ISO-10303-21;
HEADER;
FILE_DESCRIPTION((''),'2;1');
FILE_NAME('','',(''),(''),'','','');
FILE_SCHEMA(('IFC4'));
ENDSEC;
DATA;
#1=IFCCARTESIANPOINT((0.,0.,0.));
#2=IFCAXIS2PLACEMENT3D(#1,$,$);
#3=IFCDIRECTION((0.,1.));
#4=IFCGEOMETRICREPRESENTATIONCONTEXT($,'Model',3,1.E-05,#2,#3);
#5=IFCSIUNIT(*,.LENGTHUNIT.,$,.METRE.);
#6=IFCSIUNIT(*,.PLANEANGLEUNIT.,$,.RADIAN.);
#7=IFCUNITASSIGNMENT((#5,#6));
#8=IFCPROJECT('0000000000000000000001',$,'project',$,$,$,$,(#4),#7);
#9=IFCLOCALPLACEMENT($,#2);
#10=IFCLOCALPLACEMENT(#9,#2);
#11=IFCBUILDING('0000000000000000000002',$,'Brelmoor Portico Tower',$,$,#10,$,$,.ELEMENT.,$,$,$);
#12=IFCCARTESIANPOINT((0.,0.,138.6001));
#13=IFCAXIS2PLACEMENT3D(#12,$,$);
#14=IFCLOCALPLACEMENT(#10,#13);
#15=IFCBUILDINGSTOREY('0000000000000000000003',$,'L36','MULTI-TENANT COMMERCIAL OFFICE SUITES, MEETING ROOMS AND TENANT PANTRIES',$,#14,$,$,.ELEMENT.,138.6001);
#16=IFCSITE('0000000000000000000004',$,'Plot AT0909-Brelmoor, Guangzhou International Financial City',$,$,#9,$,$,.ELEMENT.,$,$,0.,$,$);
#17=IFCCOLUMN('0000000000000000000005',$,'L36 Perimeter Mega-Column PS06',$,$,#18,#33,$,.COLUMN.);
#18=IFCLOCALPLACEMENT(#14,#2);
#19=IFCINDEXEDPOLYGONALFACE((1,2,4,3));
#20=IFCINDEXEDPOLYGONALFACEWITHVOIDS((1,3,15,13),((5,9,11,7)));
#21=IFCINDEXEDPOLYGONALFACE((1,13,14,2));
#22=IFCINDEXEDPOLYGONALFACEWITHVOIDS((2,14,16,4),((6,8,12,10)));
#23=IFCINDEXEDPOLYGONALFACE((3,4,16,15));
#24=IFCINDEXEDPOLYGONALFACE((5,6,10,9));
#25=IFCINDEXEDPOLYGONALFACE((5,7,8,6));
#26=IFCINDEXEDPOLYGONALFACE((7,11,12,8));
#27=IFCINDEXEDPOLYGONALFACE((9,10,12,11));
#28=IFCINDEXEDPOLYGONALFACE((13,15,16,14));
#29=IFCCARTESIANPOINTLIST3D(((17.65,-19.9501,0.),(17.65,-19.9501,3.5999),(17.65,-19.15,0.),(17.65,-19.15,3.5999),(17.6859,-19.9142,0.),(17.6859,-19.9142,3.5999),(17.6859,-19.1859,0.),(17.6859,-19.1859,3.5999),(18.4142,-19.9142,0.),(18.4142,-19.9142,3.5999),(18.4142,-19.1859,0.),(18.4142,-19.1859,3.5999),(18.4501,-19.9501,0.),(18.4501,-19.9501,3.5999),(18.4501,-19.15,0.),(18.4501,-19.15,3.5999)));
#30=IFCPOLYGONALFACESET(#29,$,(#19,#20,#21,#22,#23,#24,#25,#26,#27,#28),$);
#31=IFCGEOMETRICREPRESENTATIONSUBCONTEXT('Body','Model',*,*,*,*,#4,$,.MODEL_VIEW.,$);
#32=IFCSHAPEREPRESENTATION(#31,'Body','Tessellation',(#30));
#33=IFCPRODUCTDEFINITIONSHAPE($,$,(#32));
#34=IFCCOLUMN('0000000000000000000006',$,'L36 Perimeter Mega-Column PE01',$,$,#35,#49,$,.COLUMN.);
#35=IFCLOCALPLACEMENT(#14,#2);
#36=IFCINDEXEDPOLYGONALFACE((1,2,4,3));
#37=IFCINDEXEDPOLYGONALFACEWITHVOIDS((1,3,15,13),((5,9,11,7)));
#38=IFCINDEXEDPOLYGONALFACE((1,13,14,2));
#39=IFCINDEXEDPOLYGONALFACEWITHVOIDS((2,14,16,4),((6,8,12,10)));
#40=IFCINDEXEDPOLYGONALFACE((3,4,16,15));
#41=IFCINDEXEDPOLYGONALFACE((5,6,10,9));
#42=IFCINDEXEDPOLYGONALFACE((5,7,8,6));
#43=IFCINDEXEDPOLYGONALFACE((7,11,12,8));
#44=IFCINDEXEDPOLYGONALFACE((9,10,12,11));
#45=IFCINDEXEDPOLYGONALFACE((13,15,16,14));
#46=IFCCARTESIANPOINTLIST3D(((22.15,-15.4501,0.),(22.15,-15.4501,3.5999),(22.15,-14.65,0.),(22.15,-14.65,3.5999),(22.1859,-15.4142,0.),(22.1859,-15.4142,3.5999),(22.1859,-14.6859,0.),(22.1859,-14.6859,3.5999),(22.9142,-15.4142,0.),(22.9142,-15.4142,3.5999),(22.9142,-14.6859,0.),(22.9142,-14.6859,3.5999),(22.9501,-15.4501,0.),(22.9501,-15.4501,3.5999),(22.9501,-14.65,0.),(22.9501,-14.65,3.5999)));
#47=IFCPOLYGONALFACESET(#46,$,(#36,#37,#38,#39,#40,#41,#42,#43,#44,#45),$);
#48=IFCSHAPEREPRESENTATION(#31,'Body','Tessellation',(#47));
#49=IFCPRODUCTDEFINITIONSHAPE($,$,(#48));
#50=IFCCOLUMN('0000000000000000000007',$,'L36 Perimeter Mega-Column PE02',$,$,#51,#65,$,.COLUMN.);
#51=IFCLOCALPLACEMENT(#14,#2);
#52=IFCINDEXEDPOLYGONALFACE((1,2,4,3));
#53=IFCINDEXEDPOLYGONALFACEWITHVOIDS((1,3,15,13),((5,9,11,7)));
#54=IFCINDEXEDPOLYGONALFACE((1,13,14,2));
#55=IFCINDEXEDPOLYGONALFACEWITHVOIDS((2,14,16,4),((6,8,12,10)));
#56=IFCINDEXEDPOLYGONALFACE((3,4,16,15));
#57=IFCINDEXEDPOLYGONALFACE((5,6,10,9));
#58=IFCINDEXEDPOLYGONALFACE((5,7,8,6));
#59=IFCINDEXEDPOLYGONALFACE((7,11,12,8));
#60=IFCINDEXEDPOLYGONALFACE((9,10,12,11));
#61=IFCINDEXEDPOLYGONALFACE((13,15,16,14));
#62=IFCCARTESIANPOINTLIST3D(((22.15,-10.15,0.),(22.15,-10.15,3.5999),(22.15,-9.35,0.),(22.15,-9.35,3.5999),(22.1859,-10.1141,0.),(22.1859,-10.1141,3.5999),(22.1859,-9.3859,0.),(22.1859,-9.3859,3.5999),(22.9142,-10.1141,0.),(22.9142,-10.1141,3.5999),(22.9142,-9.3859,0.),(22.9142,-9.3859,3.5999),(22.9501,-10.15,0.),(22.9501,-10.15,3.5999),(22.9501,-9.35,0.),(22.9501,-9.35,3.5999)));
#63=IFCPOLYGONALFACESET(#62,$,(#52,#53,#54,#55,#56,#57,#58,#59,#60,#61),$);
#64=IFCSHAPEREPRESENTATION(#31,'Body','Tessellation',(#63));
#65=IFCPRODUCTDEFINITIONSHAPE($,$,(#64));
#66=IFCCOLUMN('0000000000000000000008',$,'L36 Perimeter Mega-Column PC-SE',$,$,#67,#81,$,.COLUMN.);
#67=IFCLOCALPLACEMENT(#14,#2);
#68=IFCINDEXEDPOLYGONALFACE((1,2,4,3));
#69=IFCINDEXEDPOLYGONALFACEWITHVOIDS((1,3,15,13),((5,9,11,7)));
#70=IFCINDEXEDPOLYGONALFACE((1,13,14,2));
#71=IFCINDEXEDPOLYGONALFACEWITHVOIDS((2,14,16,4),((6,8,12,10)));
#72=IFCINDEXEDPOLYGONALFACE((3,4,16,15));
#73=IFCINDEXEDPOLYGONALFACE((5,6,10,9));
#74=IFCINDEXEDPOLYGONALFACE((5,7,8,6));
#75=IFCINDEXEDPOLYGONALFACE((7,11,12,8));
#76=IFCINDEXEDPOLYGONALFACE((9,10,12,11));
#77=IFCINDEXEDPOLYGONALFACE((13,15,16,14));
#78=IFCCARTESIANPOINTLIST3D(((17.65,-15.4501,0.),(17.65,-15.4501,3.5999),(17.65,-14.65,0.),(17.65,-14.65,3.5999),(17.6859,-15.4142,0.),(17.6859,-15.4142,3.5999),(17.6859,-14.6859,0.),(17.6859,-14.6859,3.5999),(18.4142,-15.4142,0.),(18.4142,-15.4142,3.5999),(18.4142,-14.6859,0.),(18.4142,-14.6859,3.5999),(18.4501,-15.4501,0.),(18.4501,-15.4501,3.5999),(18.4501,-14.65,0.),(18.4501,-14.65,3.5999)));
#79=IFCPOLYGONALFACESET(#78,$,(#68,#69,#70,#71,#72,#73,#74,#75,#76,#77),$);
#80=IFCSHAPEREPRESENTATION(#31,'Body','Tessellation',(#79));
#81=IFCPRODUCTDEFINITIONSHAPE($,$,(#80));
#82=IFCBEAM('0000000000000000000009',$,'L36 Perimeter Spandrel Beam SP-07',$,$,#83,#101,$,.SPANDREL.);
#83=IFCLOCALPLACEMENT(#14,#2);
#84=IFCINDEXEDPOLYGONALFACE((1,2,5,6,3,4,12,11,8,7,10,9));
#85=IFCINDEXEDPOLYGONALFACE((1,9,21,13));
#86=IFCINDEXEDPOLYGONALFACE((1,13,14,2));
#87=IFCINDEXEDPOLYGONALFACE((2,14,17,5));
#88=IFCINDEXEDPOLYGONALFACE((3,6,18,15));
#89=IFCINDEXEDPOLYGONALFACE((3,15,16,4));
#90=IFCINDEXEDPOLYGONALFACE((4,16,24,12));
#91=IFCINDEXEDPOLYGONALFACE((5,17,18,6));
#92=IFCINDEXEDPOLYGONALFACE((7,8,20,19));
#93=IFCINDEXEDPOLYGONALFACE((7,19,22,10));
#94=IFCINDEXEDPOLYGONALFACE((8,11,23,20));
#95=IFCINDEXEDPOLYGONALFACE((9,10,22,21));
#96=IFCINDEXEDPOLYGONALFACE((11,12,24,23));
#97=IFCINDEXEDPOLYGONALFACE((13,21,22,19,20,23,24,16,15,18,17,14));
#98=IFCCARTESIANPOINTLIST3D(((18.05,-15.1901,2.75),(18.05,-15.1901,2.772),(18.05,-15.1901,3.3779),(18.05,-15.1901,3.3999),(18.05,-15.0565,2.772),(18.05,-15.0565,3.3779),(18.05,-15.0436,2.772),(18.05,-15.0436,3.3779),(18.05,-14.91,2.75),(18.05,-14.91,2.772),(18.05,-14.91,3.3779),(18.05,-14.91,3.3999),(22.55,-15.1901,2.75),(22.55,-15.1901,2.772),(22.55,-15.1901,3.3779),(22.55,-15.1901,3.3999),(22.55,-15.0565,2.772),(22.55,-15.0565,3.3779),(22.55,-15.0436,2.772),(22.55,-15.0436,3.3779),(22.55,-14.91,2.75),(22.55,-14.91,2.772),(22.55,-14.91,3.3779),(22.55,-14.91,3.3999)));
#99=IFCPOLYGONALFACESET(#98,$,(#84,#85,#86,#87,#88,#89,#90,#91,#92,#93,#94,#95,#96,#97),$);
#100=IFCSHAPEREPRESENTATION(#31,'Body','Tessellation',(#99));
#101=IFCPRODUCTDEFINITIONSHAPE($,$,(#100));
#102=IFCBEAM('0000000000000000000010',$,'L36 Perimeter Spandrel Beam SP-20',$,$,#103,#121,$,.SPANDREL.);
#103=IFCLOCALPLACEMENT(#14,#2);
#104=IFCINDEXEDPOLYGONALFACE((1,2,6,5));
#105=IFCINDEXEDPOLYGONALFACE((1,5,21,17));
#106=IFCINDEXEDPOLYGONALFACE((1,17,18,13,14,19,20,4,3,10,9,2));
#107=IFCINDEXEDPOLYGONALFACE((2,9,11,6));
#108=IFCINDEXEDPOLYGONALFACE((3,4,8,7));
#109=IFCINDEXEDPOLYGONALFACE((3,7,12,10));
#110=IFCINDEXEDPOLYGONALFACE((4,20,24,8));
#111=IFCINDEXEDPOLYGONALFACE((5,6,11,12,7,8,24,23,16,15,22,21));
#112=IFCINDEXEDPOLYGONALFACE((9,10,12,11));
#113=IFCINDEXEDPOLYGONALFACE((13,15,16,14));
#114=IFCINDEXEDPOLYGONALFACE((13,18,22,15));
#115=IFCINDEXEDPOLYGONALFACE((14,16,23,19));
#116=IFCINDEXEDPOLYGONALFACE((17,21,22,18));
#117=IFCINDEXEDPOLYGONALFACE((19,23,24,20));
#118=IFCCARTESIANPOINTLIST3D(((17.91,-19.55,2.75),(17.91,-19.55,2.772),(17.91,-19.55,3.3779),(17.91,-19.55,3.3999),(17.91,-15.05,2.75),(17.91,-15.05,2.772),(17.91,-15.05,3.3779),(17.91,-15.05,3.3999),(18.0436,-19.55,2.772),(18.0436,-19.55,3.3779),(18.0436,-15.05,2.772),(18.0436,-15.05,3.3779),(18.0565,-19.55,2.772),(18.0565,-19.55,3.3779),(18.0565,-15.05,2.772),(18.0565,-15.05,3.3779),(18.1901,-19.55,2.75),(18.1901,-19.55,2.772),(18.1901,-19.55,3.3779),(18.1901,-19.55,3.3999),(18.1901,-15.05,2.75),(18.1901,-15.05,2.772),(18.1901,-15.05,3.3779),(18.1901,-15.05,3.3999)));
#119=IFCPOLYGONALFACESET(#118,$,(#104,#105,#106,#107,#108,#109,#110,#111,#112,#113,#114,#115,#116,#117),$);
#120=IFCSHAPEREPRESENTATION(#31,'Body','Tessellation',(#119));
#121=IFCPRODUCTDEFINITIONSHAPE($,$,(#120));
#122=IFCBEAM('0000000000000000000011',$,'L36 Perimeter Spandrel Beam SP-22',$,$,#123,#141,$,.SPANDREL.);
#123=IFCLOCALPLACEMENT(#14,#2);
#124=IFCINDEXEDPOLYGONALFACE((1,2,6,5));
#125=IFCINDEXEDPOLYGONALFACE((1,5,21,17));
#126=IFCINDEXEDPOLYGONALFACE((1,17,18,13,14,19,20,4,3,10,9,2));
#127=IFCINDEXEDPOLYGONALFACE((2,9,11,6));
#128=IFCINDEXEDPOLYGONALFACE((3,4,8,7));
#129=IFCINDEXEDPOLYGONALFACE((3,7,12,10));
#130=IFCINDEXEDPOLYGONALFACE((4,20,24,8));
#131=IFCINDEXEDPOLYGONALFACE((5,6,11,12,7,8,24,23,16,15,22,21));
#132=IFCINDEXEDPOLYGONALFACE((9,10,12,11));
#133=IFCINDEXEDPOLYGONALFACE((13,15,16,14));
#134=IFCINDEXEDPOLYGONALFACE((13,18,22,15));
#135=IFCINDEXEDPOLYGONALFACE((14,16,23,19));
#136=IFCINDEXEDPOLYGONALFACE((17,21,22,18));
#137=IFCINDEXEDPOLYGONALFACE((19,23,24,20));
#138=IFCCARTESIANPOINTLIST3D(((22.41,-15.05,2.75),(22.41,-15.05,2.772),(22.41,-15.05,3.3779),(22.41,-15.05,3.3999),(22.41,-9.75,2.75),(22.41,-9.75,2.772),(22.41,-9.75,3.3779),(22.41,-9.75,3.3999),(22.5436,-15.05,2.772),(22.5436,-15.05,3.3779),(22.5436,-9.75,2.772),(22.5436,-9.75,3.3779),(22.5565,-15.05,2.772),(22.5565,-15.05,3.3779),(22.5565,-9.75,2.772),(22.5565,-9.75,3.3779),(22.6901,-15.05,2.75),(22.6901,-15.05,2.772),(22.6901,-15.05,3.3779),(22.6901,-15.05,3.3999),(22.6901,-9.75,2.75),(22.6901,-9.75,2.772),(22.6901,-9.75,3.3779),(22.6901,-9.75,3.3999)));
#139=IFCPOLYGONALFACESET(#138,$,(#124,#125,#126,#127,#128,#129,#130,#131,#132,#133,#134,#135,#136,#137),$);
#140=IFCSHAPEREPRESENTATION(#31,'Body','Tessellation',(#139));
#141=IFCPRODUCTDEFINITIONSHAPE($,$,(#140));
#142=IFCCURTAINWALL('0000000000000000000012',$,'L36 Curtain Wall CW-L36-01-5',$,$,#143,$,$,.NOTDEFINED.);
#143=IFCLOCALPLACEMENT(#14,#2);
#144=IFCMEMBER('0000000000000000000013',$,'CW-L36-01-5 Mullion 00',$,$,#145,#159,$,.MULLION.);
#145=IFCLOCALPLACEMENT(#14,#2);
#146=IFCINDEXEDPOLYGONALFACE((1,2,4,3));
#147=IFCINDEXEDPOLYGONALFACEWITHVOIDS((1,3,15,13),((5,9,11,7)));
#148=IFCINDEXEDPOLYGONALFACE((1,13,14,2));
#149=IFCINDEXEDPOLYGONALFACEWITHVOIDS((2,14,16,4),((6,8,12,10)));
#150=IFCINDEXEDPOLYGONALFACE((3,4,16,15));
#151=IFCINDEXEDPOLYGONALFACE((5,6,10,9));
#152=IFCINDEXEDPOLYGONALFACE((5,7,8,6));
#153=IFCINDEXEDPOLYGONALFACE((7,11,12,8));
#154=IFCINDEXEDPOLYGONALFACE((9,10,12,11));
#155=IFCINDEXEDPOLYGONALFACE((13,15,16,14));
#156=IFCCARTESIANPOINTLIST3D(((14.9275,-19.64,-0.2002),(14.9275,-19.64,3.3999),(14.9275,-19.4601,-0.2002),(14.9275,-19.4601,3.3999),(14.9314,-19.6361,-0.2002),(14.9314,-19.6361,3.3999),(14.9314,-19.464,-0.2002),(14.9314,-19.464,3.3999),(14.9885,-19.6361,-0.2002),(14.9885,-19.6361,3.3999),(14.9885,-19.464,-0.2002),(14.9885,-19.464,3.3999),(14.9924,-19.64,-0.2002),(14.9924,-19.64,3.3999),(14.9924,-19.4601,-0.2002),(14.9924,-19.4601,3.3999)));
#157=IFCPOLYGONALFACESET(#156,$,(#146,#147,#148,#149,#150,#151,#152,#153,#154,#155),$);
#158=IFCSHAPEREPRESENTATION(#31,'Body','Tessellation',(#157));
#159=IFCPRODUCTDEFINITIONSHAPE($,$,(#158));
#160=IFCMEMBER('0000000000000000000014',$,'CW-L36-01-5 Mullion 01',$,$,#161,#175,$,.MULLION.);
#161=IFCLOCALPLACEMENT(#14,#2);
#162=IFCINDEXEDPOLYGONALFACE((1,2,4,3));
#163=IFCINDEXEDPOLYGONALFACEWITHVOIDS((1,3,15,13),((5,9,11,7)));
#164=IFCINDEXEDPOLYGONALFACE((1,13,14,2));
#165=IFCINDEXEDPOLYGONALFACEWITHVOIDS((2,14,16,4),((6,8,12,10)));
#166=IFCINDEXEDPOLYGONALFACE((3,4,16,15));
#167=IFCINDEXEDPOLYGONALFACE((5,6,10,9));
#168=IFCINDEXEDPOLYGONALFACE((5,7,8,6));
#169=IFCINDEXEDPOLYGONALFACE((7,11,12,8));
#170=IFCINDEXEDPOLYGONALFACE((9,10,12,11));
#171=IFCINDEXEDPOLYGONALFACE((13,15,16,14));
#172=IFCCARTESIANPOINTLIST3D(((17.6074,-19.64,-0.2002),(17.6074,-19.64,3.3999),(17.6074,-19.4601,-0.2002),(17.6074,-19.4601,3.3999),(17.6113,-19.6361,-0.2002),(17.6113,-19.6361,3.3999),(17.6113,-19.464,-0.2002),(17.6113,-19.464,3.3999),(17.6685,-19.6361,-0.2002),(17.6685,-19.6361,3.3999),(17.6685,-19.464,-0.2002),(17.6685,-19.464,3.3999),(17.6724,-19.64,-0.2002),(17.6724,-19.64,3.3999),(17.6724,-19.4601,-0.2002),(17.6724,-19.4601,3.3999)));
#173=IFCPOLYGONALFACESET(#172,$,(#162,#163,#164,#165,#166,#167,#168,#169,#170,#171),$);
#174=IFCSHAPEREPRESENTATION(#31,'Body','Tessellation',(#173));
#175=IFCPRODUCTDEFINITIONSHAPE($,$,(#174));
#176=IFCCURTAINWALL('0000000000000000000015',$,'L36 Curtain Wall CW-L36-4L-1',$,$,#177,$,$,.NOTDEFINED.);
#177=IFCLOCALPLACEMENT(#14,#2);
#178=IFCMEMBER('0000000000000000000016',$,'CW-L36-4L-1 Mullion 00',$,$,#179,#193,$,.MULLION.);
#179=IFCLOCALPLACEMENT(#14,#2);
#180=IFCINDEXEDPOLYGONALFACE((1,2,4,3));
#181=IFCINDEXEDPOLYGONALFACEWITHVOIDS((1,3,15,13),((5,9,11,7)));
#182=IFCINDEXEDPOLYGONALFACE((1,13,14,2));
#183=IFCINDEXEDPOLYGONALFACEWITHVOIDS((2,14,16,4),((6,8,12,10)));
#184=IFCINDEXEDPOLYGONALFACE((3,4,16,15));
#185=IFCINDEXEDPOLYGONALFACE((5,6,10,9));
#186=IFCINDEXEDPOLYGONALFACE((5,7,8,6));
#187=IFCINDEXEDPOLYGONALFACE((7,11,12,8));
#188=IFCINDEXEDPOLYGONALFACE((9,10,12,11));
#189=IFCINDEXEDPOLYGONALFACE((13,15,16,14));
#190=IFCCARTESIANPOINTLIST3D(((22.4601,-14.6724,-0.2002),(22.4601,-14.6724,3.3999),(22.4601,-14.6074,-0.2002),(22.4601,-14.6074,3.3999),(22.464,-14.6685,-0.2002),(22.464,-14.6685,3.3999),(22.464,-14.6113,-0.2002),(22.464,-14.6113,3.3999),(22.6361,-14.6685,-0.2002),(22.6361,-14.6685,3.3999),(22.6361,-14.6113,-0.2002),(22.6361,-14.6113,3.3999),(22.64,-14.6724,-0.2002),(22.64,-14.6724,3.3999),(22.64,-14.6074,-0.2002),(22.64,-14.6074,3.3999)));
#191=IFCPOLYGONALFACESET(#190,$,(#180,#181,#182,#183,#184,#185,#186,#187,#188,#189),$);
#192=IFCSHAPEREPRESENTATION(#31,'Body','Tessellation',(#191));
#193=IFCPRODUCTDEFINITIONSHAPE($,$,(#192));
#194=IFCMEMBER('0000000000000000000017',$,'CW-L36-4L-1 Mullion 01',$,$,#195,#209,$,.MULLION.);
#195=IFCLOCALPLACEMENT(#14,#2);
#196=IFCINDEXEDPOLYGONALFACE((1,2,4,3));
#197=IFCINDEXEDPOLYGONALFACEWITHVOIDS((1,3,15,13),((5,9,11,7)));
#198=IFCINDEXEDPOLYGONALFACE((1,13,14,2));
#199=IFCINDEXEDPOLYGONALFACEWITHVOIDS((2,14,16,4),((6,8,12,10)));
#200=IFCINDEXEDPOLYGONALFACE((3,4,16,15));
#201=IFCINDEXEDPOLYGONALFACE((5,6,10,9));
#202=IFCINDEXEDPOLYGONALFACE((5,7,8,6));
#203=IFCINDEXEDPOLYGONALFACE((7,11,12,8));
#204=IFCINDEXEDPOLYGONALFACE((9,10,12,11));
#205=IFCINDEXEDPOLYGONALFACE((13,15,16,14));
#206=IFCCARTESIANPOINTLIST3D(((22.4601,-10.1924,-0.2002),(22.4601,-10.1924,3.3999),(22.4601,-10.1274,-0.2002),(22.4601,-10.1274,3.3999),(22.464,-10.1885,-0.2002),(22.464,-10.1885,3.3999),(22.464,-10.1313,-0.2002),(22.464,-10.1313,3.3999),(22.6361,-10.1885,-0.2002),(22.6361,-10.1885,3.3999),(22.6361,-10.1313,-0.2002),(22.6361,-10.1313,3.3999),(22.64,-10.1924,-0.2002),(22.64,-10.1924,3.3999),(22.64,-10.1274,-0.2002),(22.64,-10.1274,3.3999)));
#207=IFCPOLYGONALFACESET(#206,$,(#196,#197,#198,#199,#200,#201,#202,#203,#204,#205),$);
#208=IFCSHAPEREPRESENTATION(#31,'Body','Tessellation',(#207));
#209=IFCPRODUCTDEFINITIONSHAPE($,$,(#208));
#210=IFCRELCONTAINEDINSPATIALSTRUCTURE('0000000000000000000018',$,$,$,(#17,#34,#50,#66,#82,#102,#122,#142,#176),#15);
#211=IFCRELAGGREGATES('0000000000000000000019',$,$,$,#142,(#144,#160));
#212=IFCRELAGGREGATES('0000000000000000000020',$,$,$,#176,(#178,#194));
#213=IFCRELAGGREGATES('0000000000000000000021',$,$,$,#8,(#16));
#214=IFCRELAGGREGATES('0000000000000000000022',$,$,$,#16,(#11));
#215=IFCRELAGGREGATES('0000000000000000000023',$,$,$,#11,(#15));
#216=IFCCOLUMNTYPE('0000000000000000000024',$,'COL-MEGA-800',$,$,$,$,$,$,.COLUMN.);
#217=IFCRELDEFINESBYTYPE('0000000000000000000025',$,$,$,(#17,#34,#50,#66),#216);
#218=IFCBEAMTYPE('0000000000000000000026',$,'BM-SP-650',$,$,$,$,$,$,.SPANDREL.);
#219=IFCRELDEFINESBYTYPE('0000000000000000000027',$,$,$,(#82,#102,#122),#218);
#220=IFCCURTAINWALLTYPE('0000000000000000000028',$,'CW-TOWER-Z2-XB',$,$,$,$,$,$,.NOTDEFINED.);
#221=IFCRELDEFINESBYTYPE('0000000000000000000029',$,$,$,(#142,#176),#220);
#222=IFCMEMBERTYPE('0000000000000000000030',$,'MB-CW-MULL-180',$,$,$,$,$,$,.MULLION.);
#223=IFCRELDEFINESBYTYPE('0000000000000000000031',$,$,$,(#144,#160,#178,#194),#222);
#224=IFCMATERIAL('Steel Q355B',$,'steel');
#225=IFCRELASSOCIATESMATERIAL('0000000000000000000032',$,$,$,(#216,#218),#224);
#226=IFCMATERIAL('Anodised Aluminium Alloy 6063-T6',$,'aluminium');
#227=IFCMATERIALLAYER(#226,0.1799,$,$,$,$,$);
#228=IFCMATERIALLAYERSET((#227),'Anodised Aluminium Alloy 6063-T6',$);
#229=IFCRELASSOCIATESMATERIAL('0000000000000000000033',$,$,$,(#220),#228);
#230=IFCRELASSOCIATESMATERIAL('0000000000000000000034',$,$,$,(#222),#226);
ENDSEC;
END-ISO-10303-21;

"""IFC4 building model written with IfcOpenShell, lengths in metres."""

from ifc_helpers import new_model, si_unit, direction, frame, origin, origin_2d, place, context, subcontext, project, spatial, hollow_rectangle, i_section, extrude, material, layer, layer_set, material_profile, profile_set, type_object, element, aggregate, save


model = new_model("IFC4")

# Units and contexts
model_context = context("Model", 3, precision=1e-05, world=origin(), true_north=direction((0.0, 1.0)))
body_context = subcontext(model_context, "Body", "Model", "MODEL_VIEW")
ifc_project = project(units=[si_unit("LENGTHUNIT", "METRE"), si_unit("PLANEANGLEUNIT", "RADIAN")], contexts=[model_context])

# Site, building, storey
site_placement = place(None, origin())
site = spatial("IfcSite", under=ifc_project, at=site_placement, Name="Plot AT0909-Brelmoor, Guangzhou International Financial City", CompositionType="ELEMENT", RefElevation=0.0)
building_placement = place(site_placement, origin())
building = spatial("IfcBuilding", under=site, at=building_placement, Name="Brelmoor Portico Tower", CompositionType="ELEMENT")
storey_placement = place(building_placement, frame((0.0, 0.0, 138.6001)))
storey = spatial("IfcBuildingStorey", under=building, at=storey_placement, Name="L36", Description="MULTI-TENANT COMMERCIAL OFFICE SUITES, MEETING ROOMS AND TENANT PANTRIES", CompositionType="ELEMENT", Elevation=138.6001)

# Columns
ifc_material_1 = material(Name="Steel Q355B", Category="steel")
ifc_material_profile_1 = material_profile(ifc_material_1, hollow_rectangle(XDim=0.8, YDim=0.8, WallThickness=0.0359, at=origin_2d()), Name="BOX 800x800x36")
ifc_profile_set_1 = profile_set([ifc_material_profile_1], Name="Steel Q355B")
column_type = type_object("IfcColumnType", Name="COL-MEGA-800", PredefinedType="COLUMN", material=ifc_profile_set_1)
for number, where, z_axis, x_axis, name in (
    (1, (18.05, -19.55, 0.0), (0.0, 0.0, 1.0), (1.0, 0.0, 0.0), "L36 Perimeter Mega-Column PS06"),
    (2, (22.55, -15.05, 0.0), (0.0, 0.0, 1.0), (0.0, 1.0, 0.0), "L36 Perimeter Mega-Column PE01"),
    (3, (22.55, -9.75, 0.0), (0.0, 0.0, 1.0), (0.0, 1.0, 0.0), "L36 Perimeter Mega-Column PE02"),
    (4, (18.05, -15.05, 0.0), (0.0, 0.0, 1.0), (1.0, 0.0, 0.0), "L36 Perimeter Mega-Column PC-SE"),
):
    element("IfcColumn", number, at=place(storey_placement, frame(where, z_axis=z_axis, x_axis=x_axis)), inside=storey, type_object=column_type, Name=name, PredefinedType="COLUMN", context=body_context, shape_type="SweptSolid", body=[
        extrude(hollow_rectangle(XDim=0.8, YDim=0.8, WallThickness=0.0359, at=origin_2d()), origin(), (0.0, 0.0, 1.0), 3.5999),
    ])

# Beams
ifc_material_profile_2 = material_profile(ifc_material_1, i_section(OverallWidth=0.28, OverallDepth=0.6499, WebThickness=0.0129, FlangeThickness=0.022, at=origin_2d()), Name="HN 650x280x13x22")
ifc_profile_set_2 = profile_set([ifc_material_profile_2], Name="Steel Q355B")
beam_type = type_object("IfcBeamType", Name="BM-SP-650", PredefinedType="SPANDREL", material=ifc_profile_set_2)
for number, where, z_axis, x_axis, name in (
    (5, (18.05, -15.05, 3.075), (1.0, 0.0, 0.0), (0.0, 1.0, 0.0), "L36 Perimeter Spandrel Beam SP-07"),
    (6, (18.05, -19.55, 3.075), (0.0, 1.0, 0.0), (-1.0, 0.0, 0.0), "L36 Perimeter Spandrel Beam SP-20"),
):
    element("IfcBeam", number, at=place(storey_placement, frame(where, z_axis=z_axis, x_axis=x_axis)), inside=storey, type_object=beam_type, Name=name, PredefinedType="SPANDREL", context=body_context, shape_type="SweptSolid", body=[
        extrude(i_section(OverallWidth=0.28, OverallDepth=0.6499, WebThickness=0.0129, FlangeThickness=0.022, at=origin_2d()), origin(), (0.0, 0.0, 1.0), 4.5),
    ])
beam_placement = place(storey_placement, frame((22.55, -15.05, 3.075), z_axis=(0.0, 1.0, 0.0), x_axis=(-1.0, 0.0, 0.0)))
element("IfcBeam", 7, at=beam_placement, inside=storey, type_object=beam_type, Name="L36 Perimeter Spandrel Beam SP-22", PredefinedType="SPANDREL", context=body_context, shape_type="SweptSolid", body=[
    extrude(i_section(OverallWidth=0.28, OverallDepth=0.6499, WebThickness=0.0129, FlangeThickness=0.022, at=origin_2d()), origin(), (0.0, 0.0, 1.0), 5.3),
])

# Curtain walls, members
ifc_material_2 = material(Name="Anodised Aluminium Alloy 6063-T6", Category="aluminium")
ifc_layer_1 = layer(ifc_material_2, 0.1799)
ifc_layer_set_1 = layer_set([ifc_layer_1], Name="Anodised Aluminium Alloy 6063-T6")
curtain_wall_type = type_object("IfcCurtainWallType", Name="CW-TOWER-Z2-XB", PredefinedType="NOTDEFINED", material=ifc_layer_set_1)
curtain_wall_1_placement = place(storey_placement, origin())
curtain_wall_1 = element("IfcCurtainWall", 8, at=curtain_wall_1_placement, inside=storey, type_object=curtain_wall_type, Name="L36 Curtain Wall CW-L36-01-5", PredefinedType="NOTDEFINED")
ifc_material_profile_3 = material_profile(ifc_material_2, hollow_rectangle(XDim=0.0649, YDim=0.1799, WallThickness=0.0039, at=origin_2d()), Name="ALU MULLION 65x180")
ifc_profile_set_3 = profile_set([ifc_material_profile_3], Name="Anodised Aluminium Alloy 6063-T6")
member_type_1 = type_object("IfcMemberType", Name="MB-CW-MULL-180", PredefinedType="MULLION", material=ifc_profile_set_3)
member_1_placement = place(storey_placement, frame((14.96, -19.55, -0.2002), z_axis=(0.0, 0.0, 1.0), x_axis=(1.0, 0.0, 0.0)))
member_1 = element("IfcMember", 9, at=member_1_placement, type_object=member_type_1, Name="CW-L36-01-5 Mullion 00", PredefinedType="MULLION", context=body_context, shape_type="SweptSolid", body=[
    extrude(hollow_rectangle(XDim=0.0649, YDim=0.1799, WallThickness=0.0039, at=origin_2d()), origin(), (0.0, 0.0, 1.0), 3.6001),
])
member_2_placement = place(storey_placement, frame((17.6399, -19.55, -0.2002), z_axis=(0.0, 0.0, 1.0), x_axis=(1.0, 0.0, 0.0)))
member_2 = element("IfcMember", 10, at=member_2_placement, type_object=member_type_1, Name="CW-L36-01-5 Mullion 01", PredefinedType="MULLION", context=body_context, shape_type="SweptSolid", body=[
    extrude(hollow_rectangle(XDim=0.0649, YDim=0.1799, WallThickness=0.0039, at=origin_2d()), origin(), (0.0, 0.0, 1.0), 3.6001),
])
curtain_wall_2_placement = place(storey_placement, origin())
curtain_wall_2 = element("IfcCurtainWall", 11, at=curtain_wall_2_placement, inside=storey, type_object=curtain_wall_type, Name="L36 Curtain Wall CW-L36-4L-1", PredefinedType="NOTDEFINED")
member_3_placement = place(storey_placement, frame((22.55, -14.6399, -0.2002), z_axis=(0.0, 0.0, 1.0), x_axis=(0.0, 1.0, 0.0)))
member_3 = element("IfcMember", 12, at=member_3_placement, type_object=member_type_1, Name="CW-L36-4L-1 Mullion 00", PredefinedType="MULLION", context=body_context, shape_type="SweptSolid", body=[
    extrude(hollow_rectangle(XDim=0.0649, YDim=0.1799, WallThickness=0.0039, at=origin_2d()), origin(), (0.0, 0.0, 1.0), 3.6001),
])
member_4_placement = place(storey_placement, frame((22.55, -10.1599, -0.2002), z_axis=(0.0, 0.0, 1.0), x_axis=(0.0, 1.0, 0.0)))
member_4 = element("IfcMember", 13, at=member_4_placement, type_object=member_type_1, Name="CW-L36-4L-1 Mullion 01", PredefinedType="MULLION", context=body_context, shape_type="SweptSolid", body=[
    extrude(hollow_rectangle(XDim=0.0649, YDim=0.1799, WallThickness=0.0039, at=origin_2d()), origin(), (0.0, 0.0, 1.0), 3.6001),
])

aggregate(curtain_wall_1, [member_1, member_2])
aggregate(curtain_wall_2, [member_3, member_4])

save(model, "model.ifc")
